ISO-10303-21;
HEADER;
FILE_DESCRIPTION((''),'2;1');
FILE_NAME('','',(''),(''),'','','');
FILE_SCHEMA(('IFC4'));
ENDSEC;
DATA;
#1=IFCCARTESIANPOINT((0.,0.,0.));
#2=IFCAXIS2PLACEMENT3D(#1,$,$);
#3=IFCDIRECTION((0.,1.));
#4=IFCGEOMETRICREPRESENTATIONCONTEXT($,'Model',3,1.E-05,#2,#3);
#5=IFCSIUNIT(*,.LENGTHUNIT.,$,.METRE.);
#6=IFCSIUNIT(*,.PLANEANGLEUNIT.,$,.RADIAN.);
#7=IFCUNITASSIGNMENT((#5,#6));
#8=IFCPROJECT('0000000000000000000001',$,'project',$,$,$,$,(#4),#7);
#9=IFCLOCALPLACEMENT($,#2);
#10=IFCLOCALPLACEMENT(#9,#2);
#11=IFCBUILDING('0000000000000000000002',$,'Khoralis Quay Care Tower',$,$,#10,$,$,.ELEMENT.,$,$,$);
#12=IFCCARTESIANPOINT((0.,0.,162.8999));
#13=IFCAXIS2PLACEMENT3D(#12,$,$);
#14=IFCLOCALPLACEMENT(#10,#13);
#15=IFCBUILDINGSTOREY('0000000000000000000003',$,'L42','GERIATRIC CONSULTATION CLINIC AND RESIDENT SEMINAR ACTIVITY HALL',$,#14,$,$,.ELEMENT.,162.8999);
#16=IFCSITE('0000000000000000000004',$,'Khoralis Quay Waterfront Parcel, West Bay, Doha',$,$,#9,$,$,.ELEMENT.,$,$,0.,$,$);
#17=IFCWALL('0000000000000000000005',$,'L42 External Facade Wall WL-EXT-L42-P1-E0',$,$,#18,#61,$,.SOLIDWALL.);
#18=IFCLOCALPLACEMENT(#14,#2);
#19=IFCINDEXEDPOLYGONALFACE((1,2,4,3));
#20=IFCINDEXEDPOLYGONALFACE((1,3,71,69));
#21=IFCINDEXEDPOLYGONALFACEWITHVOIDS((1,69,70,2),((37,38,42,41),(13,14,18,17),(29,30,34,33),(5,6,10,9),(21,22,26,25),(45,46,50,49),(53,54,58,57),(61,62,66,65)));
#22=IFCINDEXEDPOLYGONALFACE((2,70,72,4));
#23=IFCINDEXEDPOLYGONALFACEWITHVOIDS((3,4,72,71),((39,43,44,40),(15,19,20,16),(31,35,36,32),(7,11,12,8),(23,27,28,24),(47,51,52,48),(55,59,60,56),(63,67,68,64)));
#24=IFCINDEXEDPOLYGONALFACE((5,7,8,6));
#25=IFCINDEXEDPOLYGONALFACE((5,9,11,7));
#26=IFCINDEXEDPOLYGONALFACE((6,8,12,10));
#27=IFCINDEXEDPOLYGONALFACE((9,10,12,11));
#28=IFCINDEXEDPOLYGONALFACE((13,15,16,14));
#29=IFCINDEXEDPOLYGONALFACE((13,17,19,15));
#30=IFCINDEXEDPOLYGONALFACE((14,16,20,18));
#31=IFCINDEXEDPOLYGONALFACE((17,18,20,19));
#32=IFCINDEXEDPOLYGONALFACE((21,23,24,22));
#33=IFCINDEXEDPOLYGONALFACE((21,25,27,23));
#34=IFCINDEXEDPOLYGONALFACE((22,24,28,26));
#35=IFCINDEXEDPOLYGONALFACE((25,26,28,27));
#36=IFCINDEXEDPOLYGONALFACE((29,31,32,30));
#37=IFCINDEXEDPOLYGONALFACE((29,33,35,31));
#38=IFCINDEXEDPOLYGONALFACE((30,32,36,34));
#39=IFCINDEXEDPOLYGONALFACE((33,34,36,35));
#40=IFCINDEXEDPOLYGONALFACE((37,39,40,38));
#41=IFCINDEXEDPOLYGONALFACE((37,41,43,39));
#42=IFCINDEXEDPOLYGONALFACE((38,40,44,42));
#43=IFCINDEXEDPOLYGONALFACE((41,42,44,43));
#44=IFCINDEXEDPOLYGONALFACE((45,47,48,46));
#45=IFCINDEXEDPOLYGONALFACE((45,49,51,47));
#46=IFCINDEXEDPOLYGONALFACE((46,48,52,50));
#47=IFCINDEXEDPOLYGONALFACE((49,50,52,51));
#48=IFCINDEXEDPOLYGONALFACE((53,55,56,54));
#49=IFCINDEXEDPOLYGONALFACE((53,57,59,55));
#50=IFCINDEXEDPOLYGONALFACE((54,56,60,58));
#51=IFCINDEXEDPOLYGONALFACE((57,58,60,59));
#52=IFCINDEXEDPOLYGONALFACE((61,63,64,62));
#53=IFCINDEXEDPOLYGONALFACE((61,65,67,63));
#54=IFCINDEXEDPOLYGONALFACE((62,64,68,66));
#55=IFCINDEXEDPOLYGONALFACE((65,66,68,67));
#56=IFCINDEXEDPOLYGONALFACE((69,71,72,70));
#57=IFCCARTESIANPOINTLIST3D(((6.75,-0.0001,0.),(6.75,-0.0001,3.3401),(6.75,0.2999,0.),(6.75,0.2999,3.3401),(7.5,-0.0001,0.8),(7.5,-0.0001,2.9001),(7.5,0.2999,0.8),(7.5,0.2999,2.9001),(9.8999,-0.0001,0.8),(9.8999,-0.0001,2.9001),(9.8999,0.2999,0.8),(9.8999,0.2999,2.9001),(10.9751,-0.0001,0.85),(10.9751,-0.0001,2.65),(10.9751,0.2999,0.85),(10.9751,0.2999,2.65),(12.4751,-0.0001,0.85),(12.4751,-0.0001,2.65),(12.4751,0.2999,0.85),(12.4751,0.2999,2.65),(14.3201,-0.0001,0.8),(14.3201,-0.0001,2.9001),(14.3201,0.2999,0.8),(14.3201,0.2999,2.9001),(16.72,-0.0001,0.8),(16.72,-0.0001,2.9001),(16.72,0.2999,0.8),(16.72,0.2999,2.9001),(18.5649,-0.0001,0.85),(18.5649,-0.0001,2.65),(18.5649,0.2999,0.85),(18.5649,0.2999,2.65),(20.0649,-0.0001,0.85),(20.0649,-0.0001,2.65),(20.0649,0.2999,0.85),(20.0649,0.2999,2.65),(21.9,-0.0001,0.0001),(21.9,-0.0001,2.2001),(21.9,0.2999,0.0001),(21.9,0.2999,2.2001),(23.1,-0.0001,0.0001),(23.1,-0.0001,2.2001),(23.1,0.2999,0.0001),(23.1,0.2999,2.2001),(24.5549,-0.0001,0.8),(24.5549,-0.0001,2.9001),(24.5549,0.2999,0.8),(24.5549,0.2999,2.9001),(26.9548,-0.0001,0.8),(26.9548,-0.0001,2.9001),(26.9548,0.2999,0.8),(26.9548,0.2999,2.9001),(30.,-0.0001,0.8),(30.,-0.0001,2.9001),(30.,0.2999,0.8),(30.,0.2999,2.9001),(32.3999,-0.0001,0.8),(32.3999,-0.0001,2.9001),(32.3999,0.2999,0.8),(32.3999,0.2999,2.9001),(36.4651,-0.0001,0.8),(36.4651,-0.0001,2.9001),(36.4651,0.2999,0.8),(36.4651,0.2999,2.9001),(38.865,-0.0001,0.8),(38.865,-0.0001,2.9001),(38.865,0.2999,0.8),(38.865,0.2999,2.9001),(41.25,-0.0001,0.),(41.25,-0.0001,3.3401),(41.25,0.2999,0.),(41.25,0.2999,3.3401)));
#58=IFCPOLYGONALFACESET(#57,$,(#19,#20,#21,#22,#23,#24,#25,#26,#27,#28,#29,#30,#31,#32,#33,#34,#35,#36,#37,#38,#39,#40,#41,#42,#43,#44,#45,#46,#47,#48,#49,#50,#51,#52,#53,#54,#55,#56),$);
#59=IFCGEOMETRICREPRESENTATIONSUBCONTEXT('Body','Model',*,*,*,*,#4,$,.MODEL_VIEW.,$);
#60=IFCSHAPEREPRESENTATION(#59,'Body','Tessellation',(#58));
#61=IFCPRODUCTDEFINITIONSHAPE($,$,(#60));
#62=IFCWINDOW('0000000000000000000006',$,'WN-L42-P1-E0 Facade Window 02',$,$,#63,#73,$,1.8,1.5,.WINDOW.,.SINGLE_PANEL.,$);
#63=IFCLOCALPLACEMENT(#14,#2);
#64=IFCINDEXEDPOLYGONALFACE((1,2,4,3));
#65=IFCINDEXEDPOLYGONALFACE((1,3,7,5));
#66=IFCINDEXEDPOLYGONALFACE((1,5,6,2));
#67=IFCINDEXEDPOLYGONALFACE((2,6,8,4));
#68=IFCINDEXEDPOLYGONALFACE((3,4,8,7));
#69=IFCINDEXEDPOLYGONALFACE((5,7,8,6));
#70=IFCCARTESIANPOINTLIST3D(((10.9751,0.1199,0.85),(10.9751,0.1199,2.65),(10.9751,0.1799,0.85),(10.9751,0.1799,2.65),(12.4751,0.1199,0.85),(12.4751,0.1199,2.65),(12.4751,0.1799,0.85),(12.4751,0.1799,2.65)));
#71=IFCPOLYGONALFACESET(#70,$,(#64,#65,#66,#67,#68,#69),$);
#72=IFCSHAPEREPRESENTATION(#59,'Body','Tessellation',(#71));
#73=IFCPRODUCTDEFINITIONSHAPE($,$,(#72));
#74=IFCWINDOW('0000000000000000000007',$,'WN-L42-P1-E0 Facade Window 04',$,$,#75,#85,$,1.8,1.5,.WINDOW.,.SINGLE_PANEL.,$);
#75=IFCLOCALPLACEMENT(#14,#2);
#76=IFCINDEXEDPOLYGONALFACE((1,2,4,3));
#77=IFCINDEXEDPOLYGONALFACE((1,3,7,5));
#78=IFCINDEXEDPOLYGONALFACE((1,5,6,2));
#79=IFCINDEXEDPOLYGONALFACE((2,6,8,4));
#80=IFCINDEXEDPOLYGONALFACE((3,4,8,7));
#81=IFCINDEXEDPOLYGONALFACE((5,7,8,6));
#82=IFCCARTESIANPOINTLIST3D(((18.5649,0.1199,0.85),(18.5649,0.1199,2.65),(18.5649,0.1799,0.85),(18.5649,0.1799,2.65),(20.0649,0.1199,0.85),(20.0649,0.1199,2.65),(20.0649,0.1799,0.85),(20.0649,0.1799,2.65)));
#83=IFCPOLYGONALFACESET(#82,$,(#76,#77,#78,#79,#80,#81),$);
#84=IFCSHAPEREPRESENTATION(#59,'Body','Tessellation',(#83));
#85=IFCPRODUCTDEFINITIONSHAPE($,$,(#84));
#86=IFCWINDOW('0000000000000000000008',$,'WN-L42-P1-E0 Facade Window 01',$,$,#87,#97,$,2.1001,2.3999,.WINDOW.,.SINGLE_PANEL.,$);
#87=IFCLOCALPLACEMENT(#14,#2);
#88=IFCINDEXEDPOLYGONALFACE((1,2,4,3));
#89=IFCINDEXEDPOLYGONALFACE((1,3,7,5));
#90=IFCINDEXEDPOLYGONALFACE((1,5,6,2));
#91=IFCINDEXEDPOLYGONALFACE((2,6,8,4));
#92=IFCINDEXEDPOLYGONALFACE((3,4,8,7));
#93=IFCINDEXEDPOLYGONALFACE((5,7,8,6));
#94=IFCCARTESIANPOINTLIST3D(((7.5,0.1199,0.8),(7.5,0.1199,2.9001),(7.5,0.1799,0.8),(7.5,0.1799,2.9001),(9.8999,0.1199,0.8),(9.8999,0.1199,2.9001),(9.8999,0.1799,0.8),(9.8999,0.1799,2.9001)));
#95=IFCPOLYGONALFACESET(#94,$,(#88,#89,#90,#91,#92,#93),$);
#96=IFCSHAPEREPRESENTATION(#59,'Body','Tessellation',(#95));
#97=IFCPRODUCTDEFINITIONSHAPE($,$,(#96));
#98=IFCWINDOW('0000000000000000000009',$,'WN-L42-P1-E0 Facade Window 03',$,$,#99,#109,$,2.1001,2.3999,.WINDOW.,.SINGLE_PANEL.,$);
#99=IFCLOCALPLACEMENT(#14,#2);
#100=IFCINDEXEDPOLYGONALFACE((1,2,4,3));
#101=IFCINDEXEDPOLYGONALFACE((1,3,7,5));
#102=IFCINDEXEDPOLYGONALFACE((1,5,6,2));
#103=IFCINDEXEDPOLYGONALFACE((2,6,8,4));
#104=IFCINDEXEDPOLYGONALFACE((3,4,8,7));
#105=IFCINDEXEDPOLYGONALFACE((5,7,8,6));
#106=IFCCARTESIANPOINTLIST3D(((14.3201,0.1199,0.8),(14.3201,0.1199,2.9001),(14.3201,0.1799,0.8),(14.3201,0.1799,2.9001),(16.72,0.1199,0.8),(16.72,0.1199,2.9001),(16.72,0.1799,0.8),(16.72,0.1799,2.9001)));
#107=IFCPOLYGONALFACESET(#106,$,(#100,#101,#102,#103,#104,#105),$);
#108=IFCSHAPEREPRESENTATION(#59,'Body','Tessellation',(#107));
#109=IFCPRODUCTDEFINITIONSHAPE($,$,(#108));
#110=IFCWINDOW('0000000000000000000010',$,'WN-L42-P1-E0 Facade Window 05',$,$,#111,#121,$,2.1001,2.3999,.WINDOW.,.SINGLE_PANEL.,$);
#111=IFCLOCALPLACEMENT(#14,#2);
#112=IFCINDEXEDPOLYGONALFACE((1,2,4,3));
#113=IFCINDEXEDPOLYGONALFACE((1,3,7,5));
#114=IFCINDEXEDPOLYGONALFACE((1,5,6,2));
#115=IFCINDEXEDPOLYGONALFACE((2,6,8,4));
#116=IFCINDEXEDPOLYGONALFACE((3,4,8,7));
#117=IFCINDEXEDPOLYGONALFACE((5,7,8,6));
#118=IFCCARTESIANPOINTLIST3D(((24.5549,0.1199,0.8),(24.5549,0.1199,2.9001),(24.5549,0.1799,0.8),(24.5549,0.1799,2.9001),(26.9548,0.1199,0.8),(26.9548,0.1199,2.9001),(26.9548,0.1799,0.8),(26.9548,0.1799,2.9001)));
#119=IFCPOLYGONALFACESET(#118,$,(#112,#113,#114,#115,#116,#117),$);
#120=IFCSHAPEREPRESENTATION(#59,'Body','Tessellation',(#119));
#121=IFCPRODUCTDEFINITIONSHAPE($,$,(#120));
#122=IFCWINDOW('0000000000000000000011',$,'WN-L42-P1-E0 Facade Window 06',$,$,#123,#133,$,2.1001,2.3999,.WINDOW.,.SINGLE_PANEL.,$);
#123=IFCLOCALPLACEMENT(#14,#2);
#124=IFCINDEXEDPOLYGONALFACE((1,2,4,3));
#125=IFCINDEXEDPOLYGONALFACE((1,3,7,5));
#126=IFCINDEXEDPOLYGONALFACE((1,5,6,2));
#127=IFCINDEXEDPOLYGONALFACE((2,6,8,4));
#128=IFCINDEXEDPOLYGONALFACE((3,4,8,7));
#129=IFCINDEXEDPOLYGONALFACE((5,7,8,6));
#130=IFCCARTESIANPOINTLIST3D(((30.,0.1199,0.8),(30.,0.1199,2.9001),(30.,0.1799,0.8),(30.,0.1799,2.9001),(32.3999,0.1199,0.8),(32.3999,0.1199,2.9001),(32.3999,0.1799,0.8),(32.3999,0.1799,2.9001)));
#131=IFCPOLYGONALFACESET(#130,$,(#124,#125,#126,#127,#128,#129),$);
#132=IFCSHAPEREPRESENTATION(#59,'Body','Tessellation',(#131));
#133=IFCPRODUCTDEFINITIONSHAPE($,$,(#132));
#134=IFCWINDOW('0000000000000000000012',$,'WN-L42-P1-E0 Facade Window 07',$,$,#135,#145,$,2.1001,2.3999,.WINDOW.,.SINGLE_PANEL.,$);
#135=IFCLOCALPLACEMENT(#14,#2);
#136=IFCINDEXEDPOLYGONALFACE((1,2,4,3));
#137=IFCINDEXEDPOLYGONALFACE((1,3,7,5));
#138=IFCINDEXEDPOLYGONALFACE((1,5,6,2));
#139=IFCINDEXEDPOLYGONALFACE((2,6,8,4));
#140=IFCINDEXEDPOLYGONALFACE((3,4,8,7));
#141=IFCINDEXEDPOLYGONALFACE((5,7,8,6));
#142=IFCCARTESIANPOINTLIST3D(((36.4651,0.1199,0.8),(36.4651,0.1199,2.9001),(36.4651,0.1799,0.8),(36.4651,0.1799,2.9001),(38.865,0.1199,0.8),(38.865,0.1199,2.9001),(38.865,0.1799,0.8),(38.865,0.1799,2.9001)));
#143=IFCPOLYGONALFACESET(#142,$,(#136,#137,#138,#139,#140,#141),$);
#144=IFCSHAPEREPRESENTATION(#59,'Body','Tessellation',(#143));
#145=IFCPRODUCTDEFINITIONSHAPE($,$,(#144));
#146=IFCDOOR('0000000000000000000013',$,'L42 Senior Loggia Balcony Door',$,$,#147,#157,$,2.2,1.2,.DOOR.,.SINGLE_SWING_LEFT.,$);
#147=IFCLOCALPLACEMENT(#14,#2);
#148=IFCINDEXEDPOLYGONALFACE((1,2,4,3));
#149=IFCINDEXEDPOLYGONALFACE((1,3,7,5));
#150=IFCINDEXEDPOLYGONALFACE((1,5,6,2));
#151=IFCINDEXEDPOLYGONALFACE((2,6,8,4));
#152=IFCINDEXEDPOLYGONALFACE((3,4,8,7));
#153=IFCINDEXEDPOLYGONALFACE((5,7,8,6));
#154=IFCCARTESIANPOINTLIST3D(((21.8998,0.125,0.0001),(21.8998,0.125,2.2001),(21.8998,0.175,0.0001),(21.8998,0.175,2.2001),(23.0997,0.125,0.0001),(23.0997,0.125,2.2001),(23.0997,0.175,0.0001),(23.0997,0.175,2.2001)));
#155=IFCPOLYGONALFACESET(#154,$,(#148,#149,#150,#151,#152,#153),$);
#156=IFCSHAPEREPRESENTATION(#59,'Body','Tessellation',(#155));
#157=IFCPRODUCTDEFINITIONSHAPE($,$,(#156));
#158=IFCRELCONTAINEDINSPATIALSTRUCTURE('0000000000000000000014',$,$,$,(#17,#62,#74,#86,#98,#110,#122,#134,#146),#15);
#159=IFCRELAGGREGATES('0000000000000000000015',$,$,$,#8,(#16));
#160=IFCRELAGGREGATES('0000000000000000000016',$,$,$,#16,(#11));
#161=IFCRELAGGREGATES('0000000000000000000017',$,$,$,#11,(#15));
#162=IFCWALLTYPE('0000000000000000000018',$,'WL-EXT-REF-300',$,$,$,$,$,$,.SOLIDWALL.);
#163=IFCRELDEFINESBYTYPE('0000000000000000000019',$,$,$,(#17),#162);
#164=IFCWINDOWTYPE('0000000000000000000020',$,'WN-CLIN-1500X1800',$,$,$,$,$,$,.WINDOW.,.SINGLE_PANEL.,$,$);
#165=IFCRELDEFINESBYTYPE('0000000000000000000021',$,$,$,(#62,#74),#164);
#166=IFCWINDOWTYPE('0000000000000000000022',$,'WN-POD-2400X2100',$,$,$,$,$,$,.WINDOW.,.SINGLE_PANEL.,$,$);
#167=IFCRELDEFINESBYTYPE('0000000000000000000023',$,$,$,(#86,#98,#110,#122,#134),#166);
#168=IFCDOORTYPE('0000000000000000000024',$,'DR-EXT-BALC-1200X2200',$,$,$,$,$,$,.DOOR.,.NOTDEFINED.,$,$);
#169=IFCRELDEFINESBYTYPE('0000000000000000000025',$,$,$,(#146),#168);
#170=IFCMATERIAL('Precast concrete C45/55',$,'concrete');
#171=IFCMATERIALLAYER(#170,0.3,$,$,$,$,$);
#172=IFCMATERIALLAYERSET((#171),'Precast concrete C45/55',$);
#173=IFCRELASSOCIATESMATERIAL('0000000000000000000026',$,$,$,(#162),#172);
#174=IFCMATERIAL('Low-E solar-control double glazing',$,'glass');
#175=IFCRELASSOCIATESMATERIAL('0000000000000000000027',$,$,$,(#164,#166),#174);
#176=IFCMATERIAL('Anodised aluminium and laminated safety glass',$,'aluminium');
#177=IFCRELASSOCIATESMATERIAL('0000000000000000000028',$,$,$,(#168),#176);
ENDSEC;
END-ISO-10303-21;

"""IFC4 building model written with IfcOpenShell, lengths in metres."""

from ifc_helpers import new_model, si_unit, direction, frame, frame_2d, origin, place, context, subcontext, project, spatial, rectangle, extrude, source, transform, mapped, material, layer, layer_set, type_object, element, fill, save


model = new_model("IFC4")

# Units and contexts
model_context = context("Model", 3, precision=1e-05, world=origin(), true_north=direction((0.0, 1.0)))
body_context = subcontext(model_context, "Body", "Model", "MODEL_VIEW")
ifc_project = project(units=[si_unit("LENGTHUNIT", "METRE"), si_unit("PLANEANGLEUNIT", "RADIAN")], contexts=[model_context])

# Site, building, storey
site_placement = place(None, origin())
site = spatial("IfcSite", under=ifc_project, at=site_placement, Name="Khoralis Quay Waterfront Parcel, West Bay, Doha", CompositionType="ELEMENT", RefElevation=0.0)
building_placement = place(site_placement, origin())
building = spatial("IfcBuilding", under=site, at=building_placement, Name="Khoralis Quay Care Tower", CompositionType="ELEMENT")
storey_placement = place(building_placement, frame((0.0, 0.0, 162.8999)))
storey = spatial("IfcBuildingStorey", under=building, at=storey_placement, Name="L42", Description="GERIATRIC CONSULTATION CLINIC AND RESIDENT SEMINAR ACTIVITY HALL", CompositionType="ELEMENT", Elevation=162.8999)

# Wall, openings, windows, door
ifc_material_1 = material(Name="Precast concrete C45/55", Category="concrete")
ifc_layer_1 = layer(ifc_material_1, 0.3)
ifc_layer_set_1 = layer_set([ifc_layer_1], Name="Precast concrete C45/55")
wall_type_1 = type_object("IfcWallType", Name="WL-EXT-REF-300", PredefinedType="SOLIDWALL", material=ifc_layer_set_1)
wall_1_placement = place(storey_placement, frame((6.75, 0.1499, 0.0), z_axis=(0.0, 0.0, 1.0), x_axis=(1.0, 0.0, 0.0)))
wall_1 = element("IfcWall", 1, at=wall_1_placement, inside=storey, type_object=wall_type_1, Name="L42 External Facade Wall WL-EXT-L42-P1-E0", PredefinedType="SOLIDWALL", context=body_context, shape_type="SweptSolid", body=[
    extrude(rectangle(XDim=34.5, YDim=0.3, at=frame_2d((17.25, 0.0))), origin(), (0.0, 0.0, 1.0), 3.3401),
])
opening_1_placement = place(wall_1_placement, frame((0.75, 0.0, 0.8)))
opening_1 = element("IfcOpeningElement", 2, at=opening_1_placement, cuts=wall_1, PredefinedType="OPENING", context=body_context, shape_type="SweptSolid", body=[
    extrude(rectangle(XDim=2.3999, YDim=2.1001, at=frame_2d((1.2, 1.05))), frame((0.0, 0.1602, 0.0), z_axis=(0.0, -1.0, 0.0), x_axis=(1.0, 0.0, 0.0)), (0.0, 0.0, 1.0), 0.3201),
])
opening_2_placement = place(wall_1_placement, frame((4.2251, 0.0, 0.8501)))
opening_2 = element("IfcOpeningElement", 3, at=opening_2_placement, cuts=wall_1, PredefinedType="OPENING", context=body_context, shape_type="SweptSolid", body=[
    extrude(rectangle(XDim=1.5, YDim=1.8, at=frame_2d((0.75, 0.8999))), frame((0.0, 0.1602, 0.0), z_axis=(0.0, -1.0, 0.0), x_axis=(1.0, 0.0, 0.0)), (0.0, 0.0, 1.0), 0.3201),
])
opening_3_placement = place(wall_1_placement, frame((7.5701, 0.0, 0.8)))
opening_3 = element("IfcOpeningElement", 4, at=opening_3_placement, cuts=wall_1, PredefinedType="OPENING", context=body_context, shape_type="SweptSolid", body=[
    extrude(rectangle(XDim=2.3999, YDim=2.1001, at=frame_2d((1.2, 1.05))), frame((0.0, 0.1602, 0.0), z_axis=(0.0, -1.0, 0.0), x_axis=(1.0, 0.0, 0.0)), (0.0, 0.0, 1.0), 0.3201),
])
opening_4_placement = place(wall_1_placement, frame((11.8149, 0.0, 0.8501)))
opening_4 = element("IfcOpeningElement", 5, at=opening_4_placement, cuts=wall_1, PredefinedType="OPENING", context=body_context, shape_type="SweptSolid", body=[
    extrude(rectangle(XDim=1.5, YDim=1.8, at=frame_2d((0.75, 0.8999))), frame((0.0, 0.1602, 0.0), z_axis=(0.0, -1.0, 0.0), x_axis=(1.0, 0.0, 0.0)), (0.0, 0.0, 1.0), 0.3201),
])
opening_5_placement = place(wall_1_placement, frame((17.8049, 0.0, 0.8)))
opening_5 = element("IfcOpeningElement", 6, at=opening_5_placement, cuts=wall_1, PredefinedType="OPENING", context=body_context, shape_type="SweptSolid", body=[
    extrude(rectangle(XDim=2.3999, YDim=2.1001, at=frame_2d((1.2, 1.05))), frame((0.0, 0.1602, 0.0), z_axis=(0.0, -1.0, 0.0), x_axis=(1.0, 0.0, 0.0)), (0.0, 0.0, 1.0), 0.3201),
])
opening_6_placement = place(wall_1_placement, frame((23.25, 0.0, 0.8)))
opening_6 = element("IfcOpeningElement", 7, at=opening_6_placement, cuts=wall_1, PredefinedType="OPENING", context=body_context, shape_type="SweptSolid", body=[
    extrude(rectangle(XDim=2.3999, YDim=2.1001, at=frame_2d((1.2, 1.05))), frame((0.0, 0.1602, 0.0), z_axis=(0.0, -1.0, 0.0), x_axis=(1.0, 0.0, 0.0)), (0.0, 0.0, 1.0), 0.3201),
])
opening_7_placement = place(wall_1_placement, frame((29.7151, 0.0, 0.8)))
opening_7 = element("IfcOpeningElement", 8, at=opening_7_placement, cuts=wall_1, PredefinedType="OPENING", context=body_context, shape_type="SweptSolid", body=[
    extrude(rectangle(XDim=2.3999, YDim=2.1001, at=frame_2d((1.2, 1.05))), frame((0.0, 0.1602, 0.0), z_axis=(0.0, -1.0, 0.0), x_axis=(1.0, 0.0, 0.0)), (0.0, 0.0, 1.0), 0.3201),
])
opening_8_placement = place(wall_1_placement, frame((15.1499, 0.0, 0.0)))
opening_8 = element("IfcOpeningElement", 9, at=opening_8_placement, cuts=wall_1, PredefinedType="OPENING", context=body_context, shape_type="SweptSolid", body=[
    extrude(rectangle(XDim=1.2, YDim=2.2, at=frame_2d((0.6001, 1.1001))), frame((0.0, 0.1602, 0.0), z_axis=(0.0, -1.0, 0.0), x_axis=(1.0, 0.0, 0.0)), (0.0, 0.0, 1.0), 0.3201),
])
ifc_material_2 = material(Name="Low-E solar-control double glazing", Category="glass")
window_type_1 = type_object("IfcWindowType", Name="WN-CLIN-1500X1800", PartitioningType="SINGLE_PANEL", PredefinedType="WINDOW", material=ifc_material_2)
shared_shape_1 = source(origin(), body_context, "Body", "SweptSolid", [
    extrude(rectangle(XDim=1.5, YDim=1.8, at=frame_2d((0.75, 0.8999))), frame((0.0, 0.03, 0.0), z_axis=(0.0, -1.0, 0.0), x_axis=(1.0, 0.0, 0.0)), (0.0, 0.0, 1.0), 0.0601),
])
window_1_placement = place(opening_2_placement, origin())
window_1 = element("IfcWindow", 10, at=window_1_placement, inside=storey, type_object=window_type_1, Name="WN-L42-P1-E0 Facade Window 02", OverallHeight=1.8, OverallWidth=1.5, PartitioningType="SINGLE_PANEL", PredefinedType="WINDOW", context=body_context, shape_type="MappedRepresentation", body=[
    mapped(shared_shape_1, transform((0.0, 0.0, 0.0), scale=1.0)),
])
fill(opening_2, window_1)
window_2_placement = place(opening_4_placement, origin())
window_2 = element("IfcWindow", 11, at=window_2_placement, inside=storey, type_object=window_type_1, Name="WN-L42-P1-E0 Facade Window 04", OverallHeight=1.8, OverallWidth=1.5, PartitioningType="SINGLE_PANEL", PredefinedType="WINDOW", context=body_context, shape_type="MappedRepresentation", body=[
    mapped(shared_shape_1, transform((0.0, 0.0, 0.0), scale=1.0)),
])
fill(opening_4, window_2)
window_type_2 = type_object("IfcWindowType", Name="WN-POD-2400X2100", PartitioningType="SINGLE_PANEL", PredefinedType="WINDOW", material=ifc_material_2)
shared_shape_2 = source(origin(), body_context, "Body", "SweptSolid", [
    extrude(rectangle(XDim=2.3999, YDim=2.1001, at=frame_2d((1.2, 1.05))), frame((0.0, 0.03, 0.0), z_axis=(0.0, -1.0, 0.0), x_axis=(1.0, 0.0, 0.0)), (0.0, 0.0, 1.0), 0.0601),
])
window_3_placement = place(opening_1_placement, origin())
window_3 = element("IfcWindow", 12, at=window_3_placement, inside=storey, type_object=window_type_2, Name="WN-L42-P1-E0 Facade Window 01", OverallHeight=2.1001, OverallWidth=2.3999, PartitioningType="SINGLE_PANEL", PredefinedType="WINDOW", context=body_context, shape_type="MappedRepresentation", body=[
    mapped(shared_shape_2, transform((0.0, 0.0, 0.0), scale=1.0)),
])
fill(opening_1, window_3)
window_4_placement = place(opening_3_placement, origin())
window_4 = element("IfcWindow", 13, at=window_4_placement, inside=storey, type_object=window_type_2, Name="WN-L42-P1-E0 Facade Window 03", OverallHeight=2.1001, OverallWidth=2.3999, PartitioningType="SINGLE_PANEL", PredefinedType="WINDOW", context=body_context, shape_type="MappedRepresentation", body=[
    mapped(shared_shape_2, transform((0.0, 0.0, 0.0), scale=1.0)),
])
fill(opening_3, window_4)
window_5_placement = place(opening_5_placement, origin())
window_5 = element("IfcWindow", 14, at=window_5_placement, inside=storey, type_object=window_type_2, Name="WN-L42-P1-E0 Facade Window 05", OverallHeight=2.1001, OverallWidth=2.3999, PartitioningType="SINGLE_PANEL", PredefinedType="WINDOW", context=body_context, shape_type="MappedRepresentation", body=[
    mapped(shared_shape_2, transform((0.0, 0.0, 0.0), scale=1.0)),
])
fill(opening_5, window_5)
window_6_placement = place(opening_6_placement, origin())
window_6 = element("IfcWindow", 15, at=window_6_placement, inside=storey, type_object=window_type_2, Name="WN-L42-P1-E0 Facade Window 06", OverallHeight=2.1001, OverallWidth=2.3999, PartitioningType="SINGLE_PANEL", PredefinedType="WINDOW", context=body_context, shape_type="MappedRepresentation", body=[
    mapped(shared_shape_2, transform((0.0, 0.0, 0.0), scale=1.0)),
])
fill(opening_6, window_6)
window_7_placement = place(opening_7_placement, origin())
window_7 = element("IfcWindow", 16, at=window_7_placement, inside=storey, type_object=window_type_2, Name="WN-L42-P1-E0 Facade Window 07", OverallHeight=2.1001, OverallWidth=2.3999, PartitioningType="SINGLE_PANEL", PredefinedType="WINDOW", context=body_context, shape_type="MappedRepresentation", body=[
    mapped(shared_shape_2, transform((0.0, 0.0, 0.0), scale=1.0)),
])
fill(opening_7, window_7)
ifc_material_3 = material(Name="Anodised aluminium and laminated safety glass", Category="aluminium")
door_type_1 = type_object("IfcDoorType", Name="DR-EXT-BALC-1200X2200", OperationType="NOTDEFINED", PredefinedType="DOOR", material=ifc_material_3)
shared_shape_3 = source(origin(), body_context, "Body", "SweptSolid", [
    extrude(rectangle(XDim=1.2, YDim=2.2, at=frame_2d((0.6001, 1.1001))), frame((0.0, 0.0249, 0.0), z_axis=(0.0, -1.0, 0.0), x_axis=(1.0, 0.0, 0.0)), (0.0, 0.0, 1.0), 0.05),
])
door_1_placement = place(opening_8_placement, frame((1.2, 0.0, 0.0), z_axis=(0.0, 0.0, 1.0), x_axis=(-1.0, 0.0, 0.0)))
door_1 = element("IfcDoor", 17, at=door_1_placement, inside=storey, type_object=door_type_1, Name="L42 Senior Loggia Balcony Door", OperationType="SINGLE_SWING_LEFT", OverallHeight=2.2, OverallWidth=1.2, PredefinedType="DOOR", context=body_context, shape_type="MappedRepresentation", body=[
    mapped(shared_shape_3, transform((0.0, 0.0, 0.0), scale=1.0)),
])
fill(opening_8, door_1)

save(model, "model.ifc")
